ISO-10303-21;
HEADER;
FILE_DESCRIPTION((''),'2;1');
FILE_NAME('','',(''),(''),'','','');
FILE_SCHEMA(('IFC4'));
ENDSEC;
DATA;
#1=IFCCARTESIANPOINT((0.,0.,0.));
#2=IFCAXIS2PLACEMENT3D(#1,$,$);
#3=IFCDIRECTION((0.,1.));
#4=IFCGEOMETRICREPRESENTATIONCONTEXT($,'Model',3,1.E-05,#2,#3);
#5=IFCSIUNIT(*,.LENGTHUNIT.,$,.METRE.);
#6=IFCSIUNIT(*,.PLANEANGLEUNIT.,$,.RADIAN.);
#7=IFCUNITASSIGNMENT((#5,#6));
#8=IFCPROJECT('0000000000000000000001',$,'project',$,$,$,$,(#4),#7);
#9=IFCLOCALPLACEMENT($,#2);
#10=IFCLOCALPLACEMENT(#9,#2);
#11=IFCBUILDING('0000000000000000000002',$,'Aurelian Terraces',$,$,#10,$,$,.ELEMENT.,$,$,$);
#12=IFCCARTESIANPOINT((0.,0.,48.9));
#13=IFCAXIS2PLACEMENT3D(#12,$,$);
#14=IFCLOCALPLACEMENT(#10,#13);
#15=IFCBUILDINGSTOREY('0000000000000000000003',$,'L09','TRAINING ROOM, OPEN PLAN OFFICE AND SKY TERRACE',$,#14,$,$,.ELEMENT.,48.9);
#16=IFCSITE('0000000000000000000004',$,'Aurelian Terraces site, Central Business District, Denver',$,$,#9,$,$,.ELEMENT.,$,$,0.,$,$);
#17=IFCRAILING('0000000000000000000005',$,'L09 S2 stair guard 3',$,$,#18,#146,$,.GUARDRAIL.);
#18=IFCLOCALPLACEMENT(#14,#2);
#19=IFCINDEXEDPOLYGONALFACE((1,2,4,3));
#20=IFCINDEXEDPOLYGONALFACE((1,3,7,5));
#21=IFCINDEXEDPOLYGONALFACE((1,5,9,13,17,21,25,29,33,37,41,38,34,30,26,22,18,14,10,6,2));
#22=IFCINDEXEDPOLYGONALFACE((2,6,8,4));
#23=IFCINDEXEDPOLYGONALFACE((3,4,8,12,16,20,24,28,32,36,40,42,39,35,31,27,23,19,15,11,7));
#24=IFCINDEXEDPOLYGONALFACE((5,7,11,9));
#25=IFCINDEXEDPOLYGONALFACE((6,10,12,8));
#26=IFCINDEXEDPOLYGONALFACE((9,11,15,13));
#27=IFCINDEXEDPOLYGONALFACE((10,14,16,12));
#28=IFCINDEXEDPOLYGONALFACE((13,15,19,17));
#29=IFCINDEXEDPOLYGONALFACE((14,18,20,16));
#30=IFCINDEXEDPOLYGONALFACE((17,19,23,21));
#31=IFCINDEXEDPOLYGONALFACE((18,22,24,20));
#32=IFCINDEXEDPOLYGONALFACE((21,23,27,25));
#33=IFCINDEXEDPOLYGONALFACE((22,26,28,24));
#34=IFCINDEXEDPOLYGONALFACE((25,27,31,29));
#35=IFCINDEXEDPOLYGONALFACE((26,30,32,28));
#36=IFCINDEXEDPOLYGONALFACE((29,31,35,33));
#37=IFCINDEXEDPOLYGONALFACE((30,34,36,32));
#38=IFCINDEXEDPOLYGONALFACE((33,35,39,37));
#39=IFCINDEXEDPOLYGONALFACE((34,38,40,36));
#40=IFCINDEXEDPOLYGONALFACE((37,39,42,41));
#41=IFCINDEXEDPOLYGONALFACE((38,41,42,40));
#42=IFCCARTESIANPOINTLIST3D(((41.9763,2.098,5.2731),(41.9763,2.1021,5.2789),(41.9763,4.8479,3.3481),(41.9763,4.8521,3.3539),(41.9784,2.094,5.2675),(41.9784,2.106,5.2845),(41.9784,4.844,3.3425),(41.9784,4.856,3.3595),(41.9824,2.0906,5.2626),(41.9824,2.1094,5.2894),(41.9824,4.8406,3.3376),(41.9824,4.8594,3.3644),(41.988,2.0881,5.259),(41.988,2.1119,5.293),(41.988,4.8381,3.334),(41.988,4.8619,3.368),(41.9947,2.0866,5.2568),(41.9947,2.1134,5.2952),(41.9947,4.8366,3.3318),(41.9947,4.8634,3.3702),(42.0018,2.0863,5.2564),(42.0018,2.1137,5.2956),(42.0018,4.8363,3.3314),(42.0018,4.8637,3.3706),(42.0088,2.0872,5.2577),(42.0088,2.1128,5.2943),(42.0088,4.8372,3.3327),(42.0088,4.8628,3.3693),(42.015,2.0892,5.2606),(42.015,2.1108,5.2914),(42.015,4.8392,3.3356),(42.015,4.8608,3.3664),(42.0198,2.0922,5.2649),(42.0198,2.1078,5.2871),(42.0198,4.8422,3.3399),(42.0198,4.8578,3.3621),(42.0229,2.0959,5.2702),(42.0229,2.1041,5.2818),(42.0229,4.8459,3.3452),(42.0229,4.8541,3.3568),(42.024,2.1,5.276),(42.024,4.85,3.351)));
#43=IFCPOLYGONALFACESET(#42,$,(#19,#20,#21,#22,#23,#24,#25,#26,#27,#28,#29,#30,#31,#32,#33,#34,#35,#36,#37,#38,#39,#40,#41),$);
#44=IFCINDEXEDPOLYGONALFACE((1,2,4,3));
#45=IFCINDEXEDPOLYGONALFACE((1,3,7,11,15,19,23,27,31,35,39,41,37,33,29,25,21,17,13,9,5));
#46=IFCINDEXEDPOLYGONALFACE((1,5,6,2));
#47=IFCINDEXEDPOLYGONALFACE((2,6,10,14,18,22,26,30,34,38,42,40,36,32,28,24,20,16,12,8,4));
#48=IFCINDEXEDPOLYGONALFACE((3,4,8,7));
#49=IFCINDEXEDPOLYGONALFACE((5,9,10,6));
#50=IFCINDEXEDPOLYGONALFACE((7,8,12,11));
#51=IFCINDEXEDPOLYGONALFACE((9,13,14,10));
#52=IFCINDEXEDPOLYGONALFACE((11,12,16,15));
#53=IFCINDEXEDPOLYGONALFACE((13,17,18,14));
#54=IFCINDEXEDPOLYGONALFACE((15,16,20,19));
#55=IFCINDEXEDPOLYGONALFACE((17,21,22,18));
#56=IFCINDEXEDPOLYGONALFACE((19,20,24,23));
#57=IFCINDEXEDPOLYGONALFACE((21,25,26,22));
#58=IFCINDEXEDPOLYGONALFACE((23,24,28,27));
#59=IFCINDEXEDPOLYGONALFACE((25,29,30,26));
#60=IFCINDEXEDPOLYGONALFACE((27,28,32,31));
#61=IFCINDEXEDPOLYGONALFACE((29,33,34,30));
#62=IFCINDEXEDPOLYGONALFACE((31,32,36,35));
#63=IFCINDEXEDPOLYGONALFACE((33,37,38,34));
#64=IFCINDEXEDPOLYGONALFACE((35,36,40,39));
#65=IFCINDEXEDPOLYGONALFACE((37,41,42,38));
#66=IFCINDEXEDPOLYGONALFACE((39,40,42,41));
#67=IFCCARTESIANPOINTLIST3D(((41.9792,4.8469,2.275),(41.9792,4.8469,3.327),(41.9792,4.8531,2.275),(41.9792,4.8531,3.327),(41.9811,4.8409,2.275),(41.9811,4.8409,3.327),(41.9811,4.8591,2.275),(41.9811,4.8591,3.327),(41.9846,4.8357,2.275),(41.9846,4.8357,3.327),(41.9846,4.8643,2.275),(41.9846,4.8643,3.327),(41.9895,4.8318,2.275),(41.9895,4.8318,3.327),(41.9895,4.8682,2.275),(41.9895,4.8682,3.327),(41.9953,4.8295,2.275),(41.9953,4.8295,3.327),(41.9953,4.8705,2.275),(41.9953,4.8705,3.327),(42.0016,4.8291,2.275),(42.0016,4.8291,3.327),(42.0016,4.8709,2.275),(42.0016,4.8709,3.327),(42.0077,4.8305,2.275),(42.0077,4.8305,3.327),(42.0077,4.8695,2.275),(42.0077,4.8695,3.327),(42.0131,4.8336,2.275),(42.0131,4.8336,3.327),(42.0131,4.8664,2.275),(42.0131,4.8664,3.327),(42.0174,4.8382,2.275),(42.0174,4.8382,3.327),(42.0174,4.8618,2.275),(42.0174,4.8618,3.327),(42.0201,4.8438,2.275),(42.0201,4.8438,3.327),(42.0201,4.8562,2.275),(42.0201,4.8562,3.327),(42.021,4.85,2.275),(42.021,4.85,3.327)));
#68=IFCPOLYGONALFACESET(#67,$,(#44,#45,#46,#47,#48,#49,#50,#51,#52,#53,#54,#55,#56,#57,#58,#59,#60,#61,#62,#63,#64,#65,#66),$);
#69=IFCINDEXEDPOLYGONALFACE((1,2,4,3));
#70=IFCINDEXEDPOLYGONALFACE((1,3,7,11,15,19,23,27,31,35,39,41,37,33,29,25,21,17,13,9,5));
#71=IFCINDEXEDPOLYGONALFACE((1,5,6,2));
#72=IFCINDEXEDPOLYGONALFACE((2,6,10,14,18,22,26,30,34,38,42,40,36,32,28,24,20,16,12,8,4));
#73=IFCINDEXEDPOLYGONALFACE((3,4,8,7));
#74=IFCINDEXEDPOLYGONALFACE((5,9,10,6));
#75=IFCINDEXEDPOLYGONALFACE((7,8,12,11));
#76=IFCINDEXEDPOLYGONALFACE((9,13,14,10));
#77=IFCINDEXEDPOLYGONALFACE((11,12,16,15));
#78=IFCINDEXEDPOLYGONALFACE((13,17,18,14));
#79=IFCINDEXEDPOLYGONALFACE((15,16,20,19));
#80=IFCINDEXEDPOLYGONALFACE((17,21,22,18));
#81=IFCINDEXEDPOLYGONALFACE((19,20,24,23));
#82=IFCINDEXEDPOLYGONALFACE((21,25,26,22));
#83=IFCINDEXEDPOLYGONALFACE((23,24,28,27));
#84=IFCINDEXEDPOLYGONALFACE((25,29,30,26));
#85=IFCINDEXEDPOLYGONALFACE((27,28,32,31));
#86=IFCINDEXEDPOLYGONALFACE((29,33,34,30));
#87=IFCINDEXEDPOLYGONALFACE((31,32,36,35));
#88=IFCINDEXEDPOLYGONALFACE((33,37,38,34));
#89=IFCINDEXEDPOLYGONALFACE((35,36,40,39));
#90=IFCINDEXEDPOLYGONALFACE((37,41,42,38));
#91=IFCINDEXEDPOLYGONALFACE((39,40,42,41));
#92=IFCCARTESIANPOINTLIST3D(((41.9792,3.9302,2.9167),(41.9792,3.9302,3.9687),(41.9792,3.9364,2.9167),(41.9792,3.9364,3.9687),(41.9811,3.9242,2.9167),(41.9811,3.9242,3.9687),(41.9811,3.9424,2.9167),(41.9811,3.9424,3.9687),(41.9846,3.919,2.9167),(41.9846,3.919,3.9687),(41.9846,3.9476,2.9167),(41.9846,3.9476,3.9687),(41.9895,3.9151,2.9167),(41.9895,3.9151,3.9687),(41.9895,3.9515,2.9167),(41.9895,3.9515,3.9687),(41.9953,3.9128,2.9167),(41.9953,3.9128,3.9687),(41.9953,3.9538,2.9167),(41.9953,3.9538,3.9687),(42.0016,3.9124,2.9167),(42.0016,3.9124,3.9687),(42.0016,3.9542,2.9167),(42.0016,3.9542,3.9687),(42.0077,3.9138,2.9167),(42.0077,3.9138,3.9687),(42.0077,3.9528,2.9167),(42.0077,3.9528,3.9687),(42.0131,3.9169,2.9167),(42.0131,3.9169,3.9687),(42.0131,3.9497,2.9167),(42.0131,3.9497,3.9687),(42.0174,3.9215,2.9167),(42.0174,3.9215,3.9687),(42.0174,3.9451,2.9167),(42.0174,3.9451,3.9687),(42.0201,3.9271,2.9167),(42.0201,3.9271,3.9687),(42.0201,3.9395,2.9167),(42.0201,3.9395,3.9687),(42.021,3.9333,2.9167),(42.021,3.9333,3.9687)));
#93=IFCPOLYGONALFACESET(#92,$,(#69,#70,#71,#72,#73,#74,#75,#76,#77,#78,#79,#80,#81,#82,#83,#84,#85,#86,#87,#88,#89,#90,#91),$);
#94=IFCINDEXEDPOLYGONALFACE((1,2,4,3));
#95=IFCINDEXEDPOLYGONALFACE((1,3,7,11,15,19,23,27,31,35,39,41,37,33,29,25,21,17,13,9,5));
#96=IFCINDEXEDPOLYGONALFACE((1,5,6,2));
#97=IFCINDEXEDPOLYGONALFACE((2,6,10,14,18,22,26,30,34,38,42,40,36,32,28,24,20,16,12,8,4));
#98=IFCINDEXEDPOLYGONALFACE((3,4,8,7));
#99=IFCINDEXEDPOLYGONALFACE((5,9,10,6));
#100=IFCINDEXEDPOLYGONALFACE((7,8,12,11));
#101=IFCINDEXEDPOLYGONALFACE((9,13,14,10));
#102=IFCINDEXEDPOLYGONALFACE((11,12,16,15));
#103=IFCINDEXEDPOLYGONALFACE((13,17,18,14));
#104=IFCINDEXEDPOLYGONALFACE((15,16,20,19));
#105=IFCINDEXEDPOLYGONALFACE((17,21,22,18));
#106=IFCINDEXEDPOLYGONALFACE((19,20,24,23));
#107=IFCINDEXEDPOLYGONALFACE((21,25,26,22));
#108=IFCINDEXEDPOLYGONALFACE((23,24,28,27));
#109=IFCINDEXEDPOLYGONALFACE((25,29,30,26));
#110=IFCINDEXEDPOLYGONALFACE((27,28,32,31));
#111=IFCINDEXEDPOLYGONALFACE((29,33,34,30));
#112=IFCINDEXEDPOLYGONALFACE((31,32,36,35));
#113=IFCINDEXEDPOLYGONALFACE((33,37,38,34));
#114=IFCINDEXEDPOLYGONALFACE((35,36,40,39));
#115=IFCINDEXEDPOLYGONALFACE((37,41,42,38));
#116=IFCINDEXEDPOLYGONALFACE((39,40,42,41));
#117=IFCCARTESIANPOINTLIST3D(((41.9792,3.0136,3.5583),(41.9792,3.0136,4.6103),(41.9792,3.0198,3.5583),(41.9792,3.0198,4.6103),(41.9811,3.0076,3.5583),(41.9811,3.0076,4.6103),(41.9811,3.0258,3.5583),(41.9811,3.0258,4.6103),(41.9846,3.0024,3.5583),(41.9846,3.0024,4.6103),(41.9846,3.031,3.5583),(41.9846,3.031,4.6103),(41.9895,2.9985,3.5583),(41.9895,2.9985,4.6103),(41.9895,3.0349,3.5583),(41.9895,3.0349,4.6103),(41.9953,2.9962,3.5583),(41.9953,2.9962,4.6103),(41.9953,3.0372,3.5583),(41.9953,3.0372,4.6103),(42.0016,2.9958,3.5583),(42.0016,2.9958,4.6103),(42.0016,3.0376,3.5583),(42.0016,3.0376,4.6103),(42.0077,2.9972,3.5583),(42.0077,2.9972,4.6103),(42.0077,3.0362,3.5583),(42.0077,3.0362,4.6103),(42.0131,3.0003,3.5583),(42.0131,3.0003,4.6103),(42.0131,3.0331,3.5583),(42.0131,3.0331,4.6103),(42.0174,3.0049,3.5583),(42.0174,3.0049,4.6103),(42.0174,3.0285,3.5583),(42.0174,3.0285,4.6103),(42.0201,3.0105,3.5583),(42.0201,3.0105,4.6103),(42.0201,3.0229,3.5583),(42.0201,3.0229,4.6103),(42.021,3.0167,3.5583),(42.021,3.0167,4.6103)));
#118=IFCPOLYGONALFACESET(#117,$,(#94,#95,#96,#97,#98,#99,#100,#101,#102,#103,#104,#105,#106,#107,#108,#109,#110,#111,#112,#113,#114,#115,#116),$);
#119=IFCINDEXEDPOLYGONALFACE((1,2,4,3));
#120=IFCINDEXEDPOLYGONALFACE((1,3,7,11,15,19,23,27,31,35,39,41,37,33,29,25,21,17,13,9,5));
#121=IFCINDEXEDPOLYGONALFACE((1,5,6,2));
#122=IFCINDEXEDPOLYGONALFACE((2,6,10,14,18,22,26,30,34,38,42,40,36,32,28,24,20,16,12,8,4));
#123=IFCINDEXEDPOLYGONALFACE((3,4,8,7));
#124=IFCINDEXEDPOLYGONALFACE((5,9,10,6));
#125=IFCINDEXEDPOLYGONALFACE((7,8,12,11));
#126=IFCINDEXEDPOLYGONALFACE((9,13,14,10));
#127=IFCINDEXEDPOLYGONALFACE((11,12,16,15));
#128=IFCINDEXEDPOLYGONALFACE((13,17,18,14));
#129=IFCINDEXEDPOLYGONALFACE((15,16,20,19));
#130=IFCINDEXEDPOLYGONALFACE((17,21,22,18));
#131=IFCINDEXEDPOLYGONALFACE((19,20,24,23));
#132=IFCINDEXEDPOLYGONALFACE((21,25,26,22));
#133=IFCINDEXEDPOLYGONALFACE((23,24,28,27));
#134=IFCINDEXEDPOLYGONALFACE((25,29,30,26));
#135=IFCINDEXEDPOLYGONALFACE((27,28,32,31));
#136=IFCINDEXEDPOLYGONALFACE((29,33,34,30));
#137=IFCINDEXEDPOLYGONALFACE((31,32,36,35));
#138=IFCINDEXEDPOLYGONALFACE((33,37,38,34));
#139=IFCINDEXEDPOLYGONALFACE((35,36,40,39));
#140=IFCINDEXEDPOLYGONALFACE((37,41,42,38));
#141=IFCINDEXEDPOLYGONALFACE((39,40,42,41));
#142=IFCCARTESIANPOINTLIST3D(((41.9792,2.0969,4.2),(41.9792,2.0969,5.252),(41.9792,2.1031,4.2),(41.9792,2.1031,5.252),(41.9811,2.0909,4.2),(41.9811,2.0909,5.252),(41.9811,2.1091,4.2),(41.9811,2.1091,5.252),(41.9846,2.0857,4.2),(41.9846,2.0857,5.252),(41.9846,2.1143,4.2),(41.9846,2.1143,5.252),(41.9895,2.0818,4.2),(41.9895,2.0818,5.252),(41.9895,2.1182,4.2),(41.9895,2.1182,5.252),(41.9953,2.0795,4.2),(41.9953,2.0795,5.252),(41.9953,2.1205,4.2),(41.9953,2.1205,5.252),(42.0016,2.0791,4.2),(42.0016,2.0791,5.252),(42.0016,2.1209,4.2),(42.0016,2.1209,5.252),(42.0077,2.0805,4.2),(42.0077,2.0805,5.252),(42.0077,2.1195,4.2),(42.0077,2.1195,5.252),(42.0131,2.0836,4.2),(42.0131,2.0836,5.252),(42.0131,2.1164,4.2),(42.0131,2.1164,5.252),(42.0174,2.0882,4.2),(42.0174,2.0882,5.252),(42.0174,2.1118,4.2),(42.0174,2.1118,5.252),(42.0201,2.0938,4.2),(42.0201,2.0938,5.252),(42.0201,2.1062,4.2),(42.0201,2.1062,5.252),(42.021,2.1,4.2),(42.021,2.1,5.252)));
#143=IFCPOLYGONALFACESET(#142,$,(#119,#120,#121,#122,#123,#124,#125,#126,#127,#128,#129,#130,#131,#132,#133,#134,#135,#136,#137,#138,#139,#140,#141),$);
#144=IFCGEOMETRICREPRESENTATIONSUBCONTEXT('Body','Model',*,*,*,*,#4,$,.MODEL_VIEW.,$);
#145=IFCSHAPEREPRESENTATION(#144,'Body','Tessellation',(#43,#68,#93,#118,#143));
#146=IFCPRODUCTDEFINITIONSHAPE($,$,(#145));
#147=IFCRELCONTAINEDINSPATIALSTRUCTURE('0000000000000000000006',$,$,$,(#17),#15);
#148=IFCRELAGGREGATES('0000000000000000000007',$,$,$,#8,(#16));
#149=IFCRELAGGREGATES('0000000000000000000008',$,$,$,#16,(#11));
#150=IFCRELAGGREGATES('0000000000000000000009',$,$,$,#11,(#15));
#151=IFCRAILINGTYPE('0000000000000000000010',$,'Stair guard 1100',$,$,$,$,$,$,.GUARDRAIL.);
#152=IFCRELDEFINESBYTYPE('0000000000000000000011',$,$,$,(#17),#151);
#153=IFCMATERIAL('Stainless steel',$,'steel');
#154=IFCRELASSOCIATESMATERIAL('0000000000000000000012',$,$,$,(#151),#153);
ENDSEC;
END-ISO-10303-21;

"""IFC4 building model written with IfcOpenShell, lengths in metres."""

from ifc_helpers import new_model, si_unit, direction, frame, origin, origin_2d, place, context, subcontext, project, spatial, circle, extrude, source, transform, mapped, material, type_object, element, save


model = new_model("IFC4")

# Units and contexts
model_context = context("Model", 3, precision=1e-05, world=origin(), true_north=direction((0.0, 1.0)))
body_context = subcontext(model_context, "Body", "Model", "MODEL_VIEW")
ifc_project = project(units=[si_unit("LENGTHUNIT", "METRE"), si_unit("PLANEANGLEUNIT", "RADIAN")], contexts=[model_context])

# Site, building, storey
site_placement = place(None, origin())
site = spatial("IfcSite", under=ifc_project, at=site_placement, Name="Aurelian Terraces site, Central Business District, Denver", CompositionType="ELEMENT", RefElevation=0.0)
building_placement = place(site_placement, origin())
building = spatial("IfcBuilding", under=site, at=building_placement, Name="Aurelian Terraces", CompositionType="ELEMENT")
storey_placement = place(building_placement, frame((0.0, 0.0, 48.9)))
storey = spatial("IfcBuildingStorey", under=building, at=storey_placement, Name="L09", Description="TRAINING ROOM, OPEN PLAN OFFICE AND SKY TERRACE", CompositionType="ELEMENT", Elevation=48.9)

# Railing
ifc_material_1 = material(Name="Stainless steel", Category="steel")
railing_type_1 = type_object("IfcRailingType", Name="Stair guard 1100", PredefinedType="GUARDRAIL", material=ifc_material_1)
shared_shape_1 = source(origin(), body_context, "Body", "SweptSolid", [
    extrude(circle(Radius=0.024, at=origin_2d()), frame((0.0, 0.0, 1.076), z_axis=(0.0, -0.819232, 0.573462), x_axis=(1.0, 0.0, 0.0)), (0.0, 0.0, 1.0), 3.3568),
    extrude(circle(Radius=0.021, at=origin_2d()), origin(), (0.0, 0.0, 1.0), 1.052),
    extrude(circle(Radius=0.021, at=origin_2d()), frame((0.0, -0.9167, 0.6417)), (0.0, 0.0, 1.0), 1.052),
    extrude(circle(Radius=0.021, at=origin_2d()), frame((0.0, -1.8333, 1.2833)), (0.0, 0.0, 1.0), 1.052),
    extrude(circle(Radius=0.021, at=origin_2d()), frame((0.0, -2.75, 1.925)), (0.0, 0.0, 1.0), 1.052),
])
railing_1_placement = place(storey_placement, frame((42.0, 4.85, 2.275)))
element("IfcRailing", 1, at=railing_1_placement, inside=storey, type_object=railing_type_1, Name="L09 S2 stair guard 3", PredefinedType="GUARDRAIL", context=body_context, shape_type="MappedRepresentation", body=[
    mapped(shared_shape_1, transform((0.0, 0.0, 0.0), scale=1.0)),
])

save(model, "model.ifc")
